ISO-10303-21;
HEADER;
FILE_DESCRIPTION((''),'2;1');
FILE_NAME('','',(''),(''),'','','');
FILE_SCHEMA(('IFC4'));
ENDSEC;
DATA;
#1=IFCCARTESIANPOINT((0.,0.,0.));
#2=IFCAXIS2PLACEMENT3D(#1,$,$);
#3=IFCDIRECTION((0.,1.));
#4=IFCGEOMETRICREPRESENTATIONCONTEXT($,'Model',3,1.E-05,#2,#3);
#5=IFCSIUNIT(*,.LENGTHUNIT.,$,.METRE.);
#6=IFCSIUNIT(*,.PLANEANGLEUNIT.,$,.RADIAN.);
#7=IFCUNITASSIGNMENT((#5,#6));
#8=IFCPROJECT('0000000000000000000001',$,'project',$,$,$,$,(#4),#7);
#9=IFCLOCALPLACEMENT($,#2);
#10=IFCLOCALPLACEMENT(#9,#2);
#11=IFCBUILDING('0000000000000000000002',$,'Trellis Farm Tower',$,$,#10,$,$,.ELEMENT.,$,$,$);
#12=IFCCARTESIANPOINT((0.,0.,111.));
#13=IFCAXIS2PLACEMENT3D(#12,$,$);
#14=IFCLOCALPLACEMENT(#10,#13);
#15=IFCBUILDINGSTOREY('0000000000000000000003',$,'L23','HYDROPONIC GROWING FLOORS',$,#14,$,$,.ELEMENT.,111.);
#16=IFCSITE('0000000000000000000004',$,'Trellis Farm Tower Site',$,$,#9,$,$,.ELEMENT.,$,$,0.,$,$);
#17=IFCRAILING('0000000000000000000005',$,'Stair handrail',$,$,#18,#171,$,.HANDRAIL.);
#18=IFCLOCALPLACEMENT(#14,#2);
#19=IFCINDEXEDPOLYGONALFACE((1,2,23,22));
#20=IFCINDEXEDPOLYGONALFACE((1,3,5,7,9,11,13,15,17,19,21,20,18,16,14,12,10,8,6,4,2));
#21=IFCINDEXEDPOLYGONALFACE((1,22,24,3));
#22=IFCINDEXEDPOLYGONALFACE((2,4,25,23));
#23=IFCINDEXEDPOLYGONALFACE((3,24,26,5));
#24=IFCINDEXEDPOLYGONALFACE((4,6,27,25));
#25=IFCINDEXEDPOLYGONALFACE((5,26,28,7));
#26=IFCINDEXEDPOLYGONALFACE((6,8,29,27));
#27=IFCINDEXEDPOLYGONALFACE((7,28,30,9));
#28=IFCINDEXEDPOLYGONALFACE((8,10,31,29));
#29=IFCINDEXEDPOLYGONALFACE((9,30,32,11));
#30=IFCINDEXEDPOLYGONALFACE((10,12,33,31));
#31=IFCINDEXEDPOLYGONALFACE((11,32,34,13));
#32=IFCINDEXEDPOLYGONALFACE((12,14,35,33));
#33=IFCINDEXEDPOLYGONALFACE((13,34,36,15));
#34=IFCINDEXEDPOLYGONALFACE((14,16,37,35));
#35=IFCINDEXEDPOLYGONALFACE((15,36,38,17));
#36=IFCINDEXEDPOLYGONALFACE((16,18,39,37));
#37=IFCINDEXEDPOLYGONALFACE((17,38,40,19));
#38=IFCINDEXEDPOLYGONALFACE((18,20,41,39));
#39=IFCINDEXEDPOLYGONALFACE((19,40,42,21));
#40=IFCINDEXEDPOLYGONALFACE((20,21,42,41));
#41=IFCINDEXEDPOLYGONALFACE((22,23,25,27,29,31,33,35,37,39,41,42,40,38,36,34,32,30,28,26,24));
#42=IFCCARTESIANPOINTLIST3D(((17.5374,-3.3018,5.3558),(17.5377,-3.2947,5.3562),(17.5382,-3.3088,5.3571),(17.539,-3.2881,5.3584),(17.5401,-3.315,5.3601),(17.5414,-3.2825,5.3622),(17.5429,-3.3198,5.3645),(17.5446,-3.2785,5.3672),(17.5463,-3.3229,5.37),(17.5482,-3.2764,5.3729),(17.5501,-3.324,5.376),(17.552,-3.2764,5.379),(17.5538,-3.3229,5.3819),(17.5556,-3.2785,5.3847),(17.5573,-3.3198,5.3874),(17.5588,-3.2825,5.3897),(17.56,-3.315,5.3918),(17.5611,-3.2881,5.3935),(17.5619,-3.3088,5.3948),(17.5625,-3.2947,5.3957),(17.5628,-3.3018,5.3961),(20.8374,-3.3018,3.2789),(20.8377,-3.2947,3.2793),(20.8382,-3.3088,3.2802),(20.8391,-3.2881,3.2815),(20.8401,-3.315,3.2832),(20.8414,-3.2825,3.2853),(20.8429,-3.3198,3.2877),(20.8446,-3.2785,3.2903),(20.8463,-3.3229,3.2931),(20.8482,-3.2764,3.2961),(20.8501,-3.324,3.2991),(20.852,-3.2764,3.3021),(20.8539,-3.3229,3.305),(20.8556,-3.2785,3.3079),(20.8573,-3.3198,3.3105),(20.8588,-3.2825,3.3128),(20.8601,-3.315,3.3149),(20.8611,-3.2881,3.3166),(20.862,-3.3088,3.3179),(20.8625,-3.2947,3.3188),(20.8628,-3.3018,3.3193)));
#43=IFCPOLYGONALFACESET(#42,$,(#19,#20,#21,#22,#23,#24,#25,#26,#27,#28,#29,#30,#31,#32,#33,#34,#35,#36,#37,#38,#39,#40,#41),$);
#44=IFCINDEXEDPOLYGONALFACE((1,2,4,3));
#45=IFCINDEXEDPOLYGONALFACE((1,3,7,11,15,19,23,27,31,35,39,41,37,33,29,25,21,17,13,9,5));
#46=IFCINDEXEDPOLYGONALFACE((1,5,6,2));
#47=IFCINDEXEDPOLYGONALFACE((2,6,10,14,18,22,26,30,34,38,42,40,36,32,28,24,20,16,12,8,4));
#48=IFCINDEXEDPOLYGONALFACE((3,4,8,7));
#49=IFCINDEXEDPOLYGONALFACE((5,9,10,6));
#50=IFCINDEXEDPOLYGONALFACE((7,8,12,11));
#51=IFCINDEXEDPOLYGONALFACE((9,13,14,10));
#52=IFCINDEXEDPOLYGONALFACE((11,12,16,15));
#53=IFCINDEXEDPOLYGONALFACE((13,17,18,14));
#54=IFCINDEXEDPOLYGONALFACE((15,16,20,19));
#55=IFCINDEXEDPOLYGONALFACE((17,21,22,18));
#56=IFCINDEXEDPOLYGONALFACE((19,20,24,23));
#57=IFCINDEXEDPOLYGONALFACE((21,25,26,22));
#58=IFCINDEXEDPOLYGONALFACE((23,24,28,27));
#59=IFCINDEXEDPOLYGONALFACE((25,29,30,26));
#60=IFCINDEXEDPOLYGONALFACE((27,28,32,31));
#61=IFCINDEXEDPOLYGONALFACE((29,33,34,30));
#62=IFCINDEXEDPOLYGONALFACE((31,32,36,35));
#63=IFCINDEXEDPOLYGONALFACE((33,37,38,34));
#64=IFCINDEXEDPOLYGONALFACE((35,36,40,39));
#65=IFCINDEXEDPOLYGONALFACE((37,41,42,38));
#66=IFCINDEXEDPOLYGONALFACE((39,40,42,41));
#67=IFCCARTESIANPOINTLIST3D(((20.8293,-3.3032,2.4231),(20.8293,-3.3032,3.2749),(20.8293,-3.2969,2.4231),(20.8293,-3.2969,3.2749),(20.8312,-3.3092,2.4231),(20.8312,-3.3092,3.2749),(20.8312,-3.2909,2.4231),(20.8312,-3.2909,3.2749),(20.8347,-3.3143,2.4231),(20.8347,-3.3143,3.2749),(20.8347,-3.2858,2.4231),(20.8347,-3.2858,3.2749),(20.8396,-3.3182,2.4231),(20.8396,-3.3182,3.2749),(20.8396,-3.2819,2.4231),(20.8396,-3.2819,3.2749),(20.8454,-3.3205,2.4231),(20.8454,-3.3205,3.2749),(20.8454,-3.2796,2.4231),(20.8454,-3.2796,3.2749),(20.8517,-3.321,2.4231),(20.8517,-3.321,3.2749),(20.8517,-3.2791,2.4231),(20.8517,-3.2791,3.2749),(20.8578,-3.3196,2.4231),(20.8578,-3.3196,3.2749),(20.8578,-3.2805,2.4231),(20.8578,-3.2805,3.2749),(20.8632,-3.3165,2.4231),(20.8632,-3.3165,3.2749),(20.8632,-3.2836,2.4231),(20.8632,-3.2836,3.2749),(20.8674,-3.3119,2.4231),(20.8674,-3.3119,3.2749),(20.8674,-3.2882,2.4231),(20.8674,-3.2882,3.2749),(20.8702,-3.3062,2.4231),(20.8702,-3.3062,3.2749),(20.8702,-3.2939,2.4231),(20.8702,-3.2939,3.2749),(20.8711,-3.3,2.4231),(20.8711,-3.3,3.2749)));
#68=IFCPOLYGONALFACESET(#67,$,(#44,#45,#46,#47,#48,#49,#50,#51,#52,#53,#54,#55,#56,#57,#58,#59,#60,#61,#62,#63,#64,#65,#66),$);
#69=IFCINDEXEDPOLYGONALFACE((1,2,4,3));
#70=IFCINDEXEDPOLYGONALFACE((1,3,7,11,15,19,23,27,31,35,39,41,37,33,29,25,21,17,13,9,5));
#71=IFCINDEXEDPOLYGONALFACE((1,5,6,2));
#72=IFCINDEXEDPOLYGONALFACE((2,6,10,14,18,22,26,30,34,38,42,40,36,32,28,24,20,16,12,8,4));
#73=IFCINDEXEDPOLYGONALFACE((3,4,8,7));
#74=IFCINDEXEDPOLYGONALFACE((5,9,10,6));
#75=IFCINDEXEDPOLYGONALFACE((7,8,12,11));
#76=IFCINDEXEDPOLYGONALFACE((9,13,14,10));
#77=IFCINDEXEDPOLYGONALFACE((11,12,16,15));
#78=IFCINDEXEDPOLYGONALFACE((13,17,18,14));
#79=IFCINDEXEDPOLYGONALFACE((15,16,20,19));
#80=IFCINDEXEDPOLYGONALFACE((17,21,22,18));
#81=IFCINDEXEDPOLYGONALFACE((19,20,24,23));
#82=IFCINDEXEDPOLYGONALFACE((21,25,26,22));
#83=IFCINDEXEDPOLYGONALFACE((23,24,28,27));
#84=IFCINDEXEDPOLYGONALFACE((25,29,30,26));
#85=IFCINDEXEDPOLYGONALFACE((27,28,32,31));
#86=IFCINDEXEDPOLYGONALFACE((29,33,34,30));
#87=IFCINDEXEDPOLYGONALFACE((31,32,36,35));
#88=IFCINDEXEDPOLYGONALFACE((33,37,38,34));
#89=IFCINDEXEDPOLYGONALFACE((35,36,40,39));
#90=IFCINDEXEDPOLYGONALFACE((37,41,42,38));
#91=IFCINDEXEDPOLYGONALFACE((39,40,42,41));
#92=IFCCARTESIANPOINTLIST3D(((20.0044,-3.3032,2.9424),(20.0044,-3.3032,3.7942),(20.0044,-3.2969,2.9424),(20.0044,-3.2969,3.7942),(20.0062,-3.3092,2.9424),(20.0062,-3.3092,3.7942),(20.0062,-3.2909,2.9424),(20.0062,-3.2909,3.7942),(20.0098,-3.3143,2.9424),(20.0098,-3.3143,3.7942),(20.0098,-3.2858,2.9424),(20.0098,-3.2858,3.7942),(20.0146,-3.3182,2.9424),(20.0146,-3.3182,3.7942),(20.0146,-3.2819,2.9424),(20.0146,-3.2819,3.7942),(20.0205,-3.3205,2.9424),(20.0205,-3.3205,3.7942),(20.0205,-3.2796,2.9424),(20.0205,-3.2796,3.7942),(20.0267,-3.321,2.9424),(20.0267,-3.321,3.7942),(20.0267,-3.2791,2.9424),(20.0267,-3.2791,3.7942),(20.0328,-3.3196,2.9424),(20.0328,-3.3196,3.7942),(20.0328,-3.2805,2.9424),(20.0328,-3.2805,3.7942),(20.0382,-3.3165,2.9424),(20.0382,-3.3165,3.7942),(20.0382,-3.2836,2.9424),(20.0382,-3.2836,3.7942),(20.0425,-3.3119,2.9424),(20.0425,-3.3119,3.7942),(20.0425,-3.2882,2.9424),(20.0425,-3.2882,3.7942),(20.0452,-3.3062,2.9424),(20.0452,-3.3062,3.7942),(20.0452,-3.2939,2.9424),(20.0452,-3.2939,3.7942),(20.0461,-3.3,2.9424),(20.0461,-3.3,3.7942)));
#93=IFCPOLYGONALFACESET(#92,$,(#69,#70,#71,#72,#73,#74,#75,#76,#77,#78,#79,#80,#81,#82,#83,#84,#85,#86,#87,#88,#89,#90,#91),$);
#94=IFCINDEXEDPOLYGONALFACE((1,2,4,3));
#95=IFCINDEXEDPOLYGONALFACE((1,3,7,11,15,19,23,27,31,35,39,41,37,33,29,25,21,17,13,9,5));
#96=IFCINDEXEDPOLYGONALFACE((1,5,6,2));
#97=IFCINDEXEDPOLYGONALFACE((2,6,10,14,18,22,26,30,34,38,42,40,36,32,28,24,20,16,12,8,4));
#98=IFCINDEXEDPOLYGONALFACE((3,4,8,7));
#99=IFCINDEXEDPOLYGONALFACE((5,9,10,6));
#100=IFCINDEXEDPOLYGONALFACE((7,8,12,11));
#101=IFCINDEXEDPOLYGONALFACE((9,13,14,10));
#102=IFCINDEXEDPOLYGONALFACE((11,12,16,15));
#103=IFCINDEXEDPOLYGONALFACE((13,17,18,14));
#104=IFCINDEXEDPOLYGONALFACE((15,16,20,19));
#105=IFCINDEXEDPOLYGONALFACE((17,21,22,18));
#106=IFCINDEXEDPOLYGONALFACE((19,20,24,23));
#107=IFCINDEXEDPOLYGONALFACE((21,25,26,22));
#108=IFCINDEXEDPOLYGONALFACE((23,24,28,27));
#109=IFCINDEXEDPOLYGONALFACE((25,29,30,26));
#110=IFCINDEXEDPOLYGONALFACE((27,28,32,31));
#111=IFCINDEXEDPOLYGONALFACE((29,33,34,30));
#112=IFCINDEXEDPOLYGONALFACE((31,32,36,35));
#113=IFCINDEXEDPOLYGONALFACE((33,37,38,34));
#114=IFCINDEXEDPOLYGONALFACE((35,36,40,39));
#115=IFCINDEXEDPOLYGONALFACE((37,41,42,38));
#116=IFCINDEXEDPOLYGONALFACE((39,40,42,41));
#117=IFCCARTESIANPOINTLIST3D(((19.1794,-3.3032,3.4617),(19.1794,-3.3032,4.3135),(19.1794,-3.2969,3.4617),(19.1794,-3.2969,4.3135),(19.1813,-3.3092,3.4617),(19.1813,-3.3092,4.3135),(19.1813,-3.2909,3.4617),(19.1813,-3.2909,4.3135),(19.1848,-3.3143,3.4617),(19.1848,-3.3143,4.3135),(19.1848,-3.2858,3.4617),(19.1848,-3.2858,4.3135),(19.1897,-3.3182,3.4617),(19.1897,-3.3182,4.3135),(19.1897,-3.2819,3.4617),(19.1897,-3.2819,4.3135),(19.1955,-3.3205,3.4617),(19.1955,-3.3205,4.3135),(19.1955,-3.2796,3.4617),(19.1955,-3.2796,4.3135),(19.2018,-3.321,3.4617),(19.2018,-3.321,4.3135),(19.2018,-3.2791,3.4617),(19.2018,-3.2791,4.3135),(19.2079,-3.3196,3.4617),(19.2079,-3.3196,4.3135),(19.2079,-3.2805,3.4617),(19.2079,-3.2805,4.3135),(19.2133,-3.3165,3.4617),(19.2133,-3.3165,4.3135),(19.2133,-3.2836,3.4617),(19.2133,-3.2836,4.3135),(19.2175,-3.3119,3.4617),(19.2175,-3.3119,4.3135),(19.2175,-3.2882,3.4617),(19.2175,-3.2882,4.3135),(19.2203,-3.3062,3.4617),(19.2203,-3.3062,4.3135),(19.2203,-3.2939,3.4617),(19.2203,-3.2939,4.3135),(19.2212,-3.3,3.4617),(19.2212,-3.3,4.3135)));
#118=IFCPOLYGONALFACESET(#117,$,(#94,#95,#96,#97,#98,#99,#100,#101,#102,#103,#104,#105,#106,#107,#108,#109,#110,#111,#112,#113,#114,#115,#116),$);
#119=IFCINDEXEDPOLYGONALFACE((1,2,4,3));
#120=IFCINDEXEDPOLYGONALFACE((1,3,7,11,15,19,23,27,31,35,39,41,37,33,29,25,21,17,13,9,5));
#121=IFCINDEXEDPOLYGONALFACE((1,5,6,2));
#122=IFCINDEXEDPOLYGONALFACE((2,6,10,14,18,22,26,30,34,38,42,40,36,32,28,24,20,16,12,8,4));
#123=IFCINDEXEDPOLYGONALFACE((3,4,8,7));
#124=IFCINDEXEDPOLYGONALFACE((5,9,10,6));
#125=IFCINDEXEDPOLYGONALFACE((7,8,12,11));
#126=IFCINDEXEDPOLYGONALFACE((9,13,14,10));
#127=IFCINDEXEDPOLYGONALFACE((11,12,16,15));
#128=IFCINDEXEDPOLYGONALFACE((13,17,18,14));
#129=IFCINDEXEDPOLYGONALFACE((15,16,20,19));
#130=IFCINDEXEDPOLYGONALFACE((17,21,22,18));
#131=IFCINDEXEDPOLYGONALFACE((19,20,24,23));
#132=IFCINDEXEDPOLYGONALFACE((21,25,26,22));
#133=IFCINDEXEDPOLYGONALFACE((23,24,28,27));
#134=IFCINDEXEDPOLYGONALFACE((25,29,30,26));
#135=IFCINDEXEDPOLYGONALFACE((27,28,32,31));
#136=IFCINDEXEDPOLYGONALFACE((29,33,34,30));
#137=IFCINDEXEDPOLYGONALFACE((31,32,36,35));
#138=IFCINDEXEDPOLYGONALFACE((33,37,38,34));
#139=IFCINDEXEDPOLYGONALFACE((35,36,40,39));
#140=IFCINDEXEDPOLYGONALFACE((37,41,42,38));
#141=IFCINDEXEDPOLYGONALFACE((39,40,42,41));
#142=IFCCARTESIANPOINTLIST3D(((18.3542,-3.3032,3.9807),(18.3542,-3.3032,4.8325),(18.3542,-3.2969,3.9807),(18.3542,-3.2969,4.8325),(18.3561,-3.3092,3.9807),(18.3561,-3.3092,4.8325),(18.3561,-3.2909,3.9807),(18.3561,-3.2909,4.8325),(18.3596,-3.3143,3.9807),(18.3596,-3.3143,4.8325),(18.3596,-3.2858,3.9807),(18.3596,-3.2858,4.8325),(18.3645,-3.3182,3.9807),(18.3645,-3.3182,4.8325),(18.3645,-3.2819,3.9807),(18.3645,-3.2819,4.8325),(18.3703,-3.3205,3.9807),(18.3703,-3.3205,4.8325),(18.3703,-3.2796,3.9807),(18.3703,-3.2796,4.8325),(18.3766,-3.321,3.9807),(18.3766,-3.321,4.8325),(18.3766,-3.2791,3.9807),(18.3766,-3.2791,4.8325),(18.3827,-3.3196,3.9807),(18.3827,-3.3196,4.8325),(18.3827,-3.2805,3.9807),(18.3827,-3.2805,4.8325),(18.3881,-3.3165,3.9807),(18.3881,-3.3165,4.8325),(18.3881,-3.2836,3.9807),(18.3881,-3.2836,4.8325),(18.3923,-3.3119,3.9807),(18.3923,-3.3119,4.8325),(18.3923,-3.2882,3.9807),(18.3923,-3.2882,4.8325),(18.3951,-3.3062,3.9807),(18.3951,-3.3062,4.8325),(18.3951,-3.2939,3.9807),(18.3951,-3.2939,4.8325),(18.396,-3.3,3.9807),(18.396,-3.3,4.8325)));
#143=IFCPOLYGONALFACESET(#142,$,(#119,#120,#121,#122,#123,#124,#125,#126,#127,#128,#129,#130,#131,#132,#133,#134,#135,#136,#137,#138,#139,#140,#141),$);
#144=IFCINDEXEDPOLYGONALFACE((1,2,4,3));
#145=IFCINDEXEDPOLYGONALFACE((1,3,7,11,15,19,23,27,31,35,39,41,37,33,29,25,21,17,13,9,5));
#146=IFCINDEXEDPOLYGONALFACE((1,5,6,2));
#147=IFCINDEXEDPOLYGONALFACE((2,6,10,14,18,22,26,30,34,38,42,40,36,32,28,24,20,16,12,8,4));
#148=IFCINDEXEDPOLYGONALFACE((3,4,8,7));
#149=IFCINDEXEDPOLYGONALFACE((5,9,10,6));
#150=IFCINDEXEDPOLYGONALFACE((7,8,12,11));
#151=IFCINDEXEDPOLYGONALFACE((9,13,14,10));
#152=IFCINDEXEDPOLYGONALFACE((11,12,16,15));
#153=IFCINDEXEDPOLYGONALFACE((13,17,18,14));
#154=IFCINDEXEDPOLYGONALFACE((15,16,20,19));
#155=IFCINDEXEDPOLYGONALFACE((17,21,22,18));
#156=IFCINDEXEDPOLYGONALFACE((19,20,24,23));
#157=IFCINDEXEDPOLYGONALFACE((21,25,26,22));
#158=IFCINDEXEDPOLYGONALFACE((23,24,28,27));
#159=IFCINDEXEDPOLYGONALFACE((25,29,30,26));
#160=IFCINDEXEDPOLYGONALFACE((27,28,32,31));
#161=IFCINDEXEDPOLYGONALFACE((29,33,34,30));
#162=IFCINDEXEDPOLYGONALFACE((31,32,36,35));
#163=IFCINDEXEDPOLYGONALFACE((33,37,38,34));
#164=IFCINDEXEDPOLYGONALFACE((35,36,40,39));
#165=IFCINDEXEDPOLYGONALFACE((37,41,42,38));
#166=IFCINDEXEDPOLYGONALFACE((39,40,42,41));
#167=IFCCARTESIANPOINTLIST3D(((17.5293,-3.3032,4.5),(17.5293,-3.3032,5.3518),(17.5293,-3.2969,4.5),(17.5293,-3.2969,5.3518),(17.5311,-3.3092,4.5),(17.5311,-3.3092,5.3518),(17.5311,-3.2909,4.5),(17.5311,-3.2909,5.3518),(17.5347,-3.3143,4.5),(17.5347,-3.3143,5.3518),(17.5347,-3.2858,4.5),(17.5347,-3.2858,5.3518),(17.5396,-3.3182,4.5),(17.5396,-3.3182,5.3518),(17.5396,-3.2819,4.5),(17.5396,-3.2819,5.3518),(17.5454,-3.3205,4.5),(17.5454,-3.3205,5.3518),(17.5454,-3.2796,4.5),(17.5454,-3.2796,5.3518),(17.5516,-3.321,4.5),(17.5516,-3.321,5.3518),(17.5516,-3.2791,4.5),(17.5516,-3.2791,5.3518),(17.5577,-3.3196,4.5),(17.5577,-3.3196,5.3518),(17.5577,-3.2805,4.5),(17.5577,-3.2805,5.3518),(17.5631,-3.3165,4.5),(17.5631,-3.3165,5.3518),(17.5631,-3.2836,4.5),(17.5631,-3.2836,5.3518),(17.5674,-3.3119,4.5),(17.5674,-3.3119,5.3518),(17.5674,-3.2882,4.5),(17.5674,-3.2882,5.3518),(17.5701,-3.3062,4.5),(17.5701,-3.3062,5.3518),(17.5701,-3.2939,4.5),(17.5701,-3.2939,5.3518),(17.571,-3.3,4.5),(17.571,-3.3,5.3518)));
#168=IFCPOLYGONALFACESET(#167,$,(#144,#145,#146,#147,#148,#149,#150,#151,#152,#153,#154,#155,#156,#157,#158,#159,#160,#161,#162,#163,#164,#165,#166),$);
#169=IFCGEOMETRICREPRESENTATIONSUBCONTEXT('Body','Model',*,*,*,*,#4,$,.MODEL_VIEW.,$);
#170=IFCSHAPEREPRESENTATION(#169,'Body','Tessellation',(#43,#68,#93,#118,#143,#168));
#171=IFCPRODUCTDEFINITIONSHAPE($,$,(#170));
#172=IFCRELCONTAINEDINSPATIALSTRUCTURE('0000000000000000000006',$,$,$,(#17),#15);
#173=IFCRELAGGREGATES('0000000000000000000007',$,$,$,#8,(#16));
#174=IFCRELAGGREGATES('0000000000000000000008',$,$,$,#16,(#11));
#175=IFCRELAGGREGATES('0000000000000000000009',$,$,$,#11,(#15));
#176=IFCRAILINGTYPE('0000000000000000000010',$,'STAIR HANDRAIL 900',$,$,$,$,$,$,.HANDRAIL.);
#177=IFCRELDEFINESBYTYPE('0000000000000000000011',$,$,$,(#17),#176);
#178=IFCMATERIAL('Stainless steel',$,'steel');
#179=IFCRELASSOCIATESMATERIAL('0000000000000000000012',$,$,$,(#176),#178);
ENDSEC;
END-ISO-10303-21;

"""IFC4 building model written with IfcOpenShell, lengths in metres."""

from ifc_helpers import new_model, si_unit, direction, frame, origin, origin_2d, place, context, subcontext, project, spatial, circle, extrude, source, transform, mapped, material, type_object, element, save


model = new_model("IFC4")

# Units and contexts
model_context = context("Model", 3, precision=1e-05, world=origin(), true_north=direction((0.0, 1.0)))
body_context = subcontext(model_context, "Body", "Model", "MODEL_VIEW")
ifc_project = project(units=[si_unit("LENGTHUNIT", "METRE"), si_unit("PLANEANGLEUNIT", "RADIAN")], contexts=[model_context])

# Site, building, storey
site_placement = place(None, origin())
site = spatial("IfcSite", under=ifc_project, at=site_placement, Name="Trellis Farm Tower Site", CompositionType="ELEMENT", RefElevation=0.0)
building_placement = place(site_placement, origin())
building = spatial("IfcBuilding", under=site, at=building_placement, Name="Trellis Farm Tower", CompositionType="ELEMENT")
storey_placement = place(building_placement, frame((0.0, 0.0, 111.0)))
storey = spatial("IfcBuildingStorey", under=building, at=storey_placement, Name="L23", Description="HYDROPONIC GROWING FLOORS", CompositionType="ELEMENT", Elevation=111.0)

# Shared definitions
ifc_material_1 = material(Name="Stainless steel", Category="steel")

# Railing
railing_type = type_object("IfcRailingType", Name="STAIR HANDRAIL 900", PredefinedType="HANDRAIL", material=ifc_material_1)
shared_shape_1 = source(origin(), body_context, "Body", "SweptSolid", [
    extrude(circle(Radius=0.0239, at=origin_2d()), frame((0.0, 0.0, 0.876), z_axis=(-0.846337, 0.0, 0.532647), x_axis=(0.0, -1.0, 0.0)), (0.0, 0.0, 1.0), 3.8992),
    extrude(circle(Radius=0.021, at=origin_2d()), origin(), (0.0, 0.0, 1.0), 0.8518),
    extrude(circle(Radius=0.021, at=origin_2d()), frame((-0.825, 0.0, 0.5193)), (0.0, 0.0, 1.0), 0.8518),
    extrude(circle(Radius=0.021, at=origin_2d()), frame((-1.6499, 0.0, 1.0386)), (0.0, 0.0, 1.0), 0.8518),
    extrude(circle(Radius=0.021, at=origin_2d()), frame((-2.4751, 0.0, 1.5576)), (0.0, 0.0, 1.0), 0.8518),
    extrude(circle(Radius=0.021, at=origin_2d()), frame((-3.3, 0.0, 2.0769)), (0.0, 0.0, 1.0), 0.8518),
])
for number, where, name in (
    (1, (20.8501, -3.3, 2.4231), "Stair handrail"),
):
    element("IfcRailing", number, at=place(storey_placement, frame(where)), inside=storey, type_object=railing_type, Name=name, PredefinedType="HANDRAIL", context=body_context, shape_type="MappedRepresentation", body=[
        mapped(shared_shape_1, transform((0.0, 0.0, 0.0))),
    ])

save(model, "model.ifc")
